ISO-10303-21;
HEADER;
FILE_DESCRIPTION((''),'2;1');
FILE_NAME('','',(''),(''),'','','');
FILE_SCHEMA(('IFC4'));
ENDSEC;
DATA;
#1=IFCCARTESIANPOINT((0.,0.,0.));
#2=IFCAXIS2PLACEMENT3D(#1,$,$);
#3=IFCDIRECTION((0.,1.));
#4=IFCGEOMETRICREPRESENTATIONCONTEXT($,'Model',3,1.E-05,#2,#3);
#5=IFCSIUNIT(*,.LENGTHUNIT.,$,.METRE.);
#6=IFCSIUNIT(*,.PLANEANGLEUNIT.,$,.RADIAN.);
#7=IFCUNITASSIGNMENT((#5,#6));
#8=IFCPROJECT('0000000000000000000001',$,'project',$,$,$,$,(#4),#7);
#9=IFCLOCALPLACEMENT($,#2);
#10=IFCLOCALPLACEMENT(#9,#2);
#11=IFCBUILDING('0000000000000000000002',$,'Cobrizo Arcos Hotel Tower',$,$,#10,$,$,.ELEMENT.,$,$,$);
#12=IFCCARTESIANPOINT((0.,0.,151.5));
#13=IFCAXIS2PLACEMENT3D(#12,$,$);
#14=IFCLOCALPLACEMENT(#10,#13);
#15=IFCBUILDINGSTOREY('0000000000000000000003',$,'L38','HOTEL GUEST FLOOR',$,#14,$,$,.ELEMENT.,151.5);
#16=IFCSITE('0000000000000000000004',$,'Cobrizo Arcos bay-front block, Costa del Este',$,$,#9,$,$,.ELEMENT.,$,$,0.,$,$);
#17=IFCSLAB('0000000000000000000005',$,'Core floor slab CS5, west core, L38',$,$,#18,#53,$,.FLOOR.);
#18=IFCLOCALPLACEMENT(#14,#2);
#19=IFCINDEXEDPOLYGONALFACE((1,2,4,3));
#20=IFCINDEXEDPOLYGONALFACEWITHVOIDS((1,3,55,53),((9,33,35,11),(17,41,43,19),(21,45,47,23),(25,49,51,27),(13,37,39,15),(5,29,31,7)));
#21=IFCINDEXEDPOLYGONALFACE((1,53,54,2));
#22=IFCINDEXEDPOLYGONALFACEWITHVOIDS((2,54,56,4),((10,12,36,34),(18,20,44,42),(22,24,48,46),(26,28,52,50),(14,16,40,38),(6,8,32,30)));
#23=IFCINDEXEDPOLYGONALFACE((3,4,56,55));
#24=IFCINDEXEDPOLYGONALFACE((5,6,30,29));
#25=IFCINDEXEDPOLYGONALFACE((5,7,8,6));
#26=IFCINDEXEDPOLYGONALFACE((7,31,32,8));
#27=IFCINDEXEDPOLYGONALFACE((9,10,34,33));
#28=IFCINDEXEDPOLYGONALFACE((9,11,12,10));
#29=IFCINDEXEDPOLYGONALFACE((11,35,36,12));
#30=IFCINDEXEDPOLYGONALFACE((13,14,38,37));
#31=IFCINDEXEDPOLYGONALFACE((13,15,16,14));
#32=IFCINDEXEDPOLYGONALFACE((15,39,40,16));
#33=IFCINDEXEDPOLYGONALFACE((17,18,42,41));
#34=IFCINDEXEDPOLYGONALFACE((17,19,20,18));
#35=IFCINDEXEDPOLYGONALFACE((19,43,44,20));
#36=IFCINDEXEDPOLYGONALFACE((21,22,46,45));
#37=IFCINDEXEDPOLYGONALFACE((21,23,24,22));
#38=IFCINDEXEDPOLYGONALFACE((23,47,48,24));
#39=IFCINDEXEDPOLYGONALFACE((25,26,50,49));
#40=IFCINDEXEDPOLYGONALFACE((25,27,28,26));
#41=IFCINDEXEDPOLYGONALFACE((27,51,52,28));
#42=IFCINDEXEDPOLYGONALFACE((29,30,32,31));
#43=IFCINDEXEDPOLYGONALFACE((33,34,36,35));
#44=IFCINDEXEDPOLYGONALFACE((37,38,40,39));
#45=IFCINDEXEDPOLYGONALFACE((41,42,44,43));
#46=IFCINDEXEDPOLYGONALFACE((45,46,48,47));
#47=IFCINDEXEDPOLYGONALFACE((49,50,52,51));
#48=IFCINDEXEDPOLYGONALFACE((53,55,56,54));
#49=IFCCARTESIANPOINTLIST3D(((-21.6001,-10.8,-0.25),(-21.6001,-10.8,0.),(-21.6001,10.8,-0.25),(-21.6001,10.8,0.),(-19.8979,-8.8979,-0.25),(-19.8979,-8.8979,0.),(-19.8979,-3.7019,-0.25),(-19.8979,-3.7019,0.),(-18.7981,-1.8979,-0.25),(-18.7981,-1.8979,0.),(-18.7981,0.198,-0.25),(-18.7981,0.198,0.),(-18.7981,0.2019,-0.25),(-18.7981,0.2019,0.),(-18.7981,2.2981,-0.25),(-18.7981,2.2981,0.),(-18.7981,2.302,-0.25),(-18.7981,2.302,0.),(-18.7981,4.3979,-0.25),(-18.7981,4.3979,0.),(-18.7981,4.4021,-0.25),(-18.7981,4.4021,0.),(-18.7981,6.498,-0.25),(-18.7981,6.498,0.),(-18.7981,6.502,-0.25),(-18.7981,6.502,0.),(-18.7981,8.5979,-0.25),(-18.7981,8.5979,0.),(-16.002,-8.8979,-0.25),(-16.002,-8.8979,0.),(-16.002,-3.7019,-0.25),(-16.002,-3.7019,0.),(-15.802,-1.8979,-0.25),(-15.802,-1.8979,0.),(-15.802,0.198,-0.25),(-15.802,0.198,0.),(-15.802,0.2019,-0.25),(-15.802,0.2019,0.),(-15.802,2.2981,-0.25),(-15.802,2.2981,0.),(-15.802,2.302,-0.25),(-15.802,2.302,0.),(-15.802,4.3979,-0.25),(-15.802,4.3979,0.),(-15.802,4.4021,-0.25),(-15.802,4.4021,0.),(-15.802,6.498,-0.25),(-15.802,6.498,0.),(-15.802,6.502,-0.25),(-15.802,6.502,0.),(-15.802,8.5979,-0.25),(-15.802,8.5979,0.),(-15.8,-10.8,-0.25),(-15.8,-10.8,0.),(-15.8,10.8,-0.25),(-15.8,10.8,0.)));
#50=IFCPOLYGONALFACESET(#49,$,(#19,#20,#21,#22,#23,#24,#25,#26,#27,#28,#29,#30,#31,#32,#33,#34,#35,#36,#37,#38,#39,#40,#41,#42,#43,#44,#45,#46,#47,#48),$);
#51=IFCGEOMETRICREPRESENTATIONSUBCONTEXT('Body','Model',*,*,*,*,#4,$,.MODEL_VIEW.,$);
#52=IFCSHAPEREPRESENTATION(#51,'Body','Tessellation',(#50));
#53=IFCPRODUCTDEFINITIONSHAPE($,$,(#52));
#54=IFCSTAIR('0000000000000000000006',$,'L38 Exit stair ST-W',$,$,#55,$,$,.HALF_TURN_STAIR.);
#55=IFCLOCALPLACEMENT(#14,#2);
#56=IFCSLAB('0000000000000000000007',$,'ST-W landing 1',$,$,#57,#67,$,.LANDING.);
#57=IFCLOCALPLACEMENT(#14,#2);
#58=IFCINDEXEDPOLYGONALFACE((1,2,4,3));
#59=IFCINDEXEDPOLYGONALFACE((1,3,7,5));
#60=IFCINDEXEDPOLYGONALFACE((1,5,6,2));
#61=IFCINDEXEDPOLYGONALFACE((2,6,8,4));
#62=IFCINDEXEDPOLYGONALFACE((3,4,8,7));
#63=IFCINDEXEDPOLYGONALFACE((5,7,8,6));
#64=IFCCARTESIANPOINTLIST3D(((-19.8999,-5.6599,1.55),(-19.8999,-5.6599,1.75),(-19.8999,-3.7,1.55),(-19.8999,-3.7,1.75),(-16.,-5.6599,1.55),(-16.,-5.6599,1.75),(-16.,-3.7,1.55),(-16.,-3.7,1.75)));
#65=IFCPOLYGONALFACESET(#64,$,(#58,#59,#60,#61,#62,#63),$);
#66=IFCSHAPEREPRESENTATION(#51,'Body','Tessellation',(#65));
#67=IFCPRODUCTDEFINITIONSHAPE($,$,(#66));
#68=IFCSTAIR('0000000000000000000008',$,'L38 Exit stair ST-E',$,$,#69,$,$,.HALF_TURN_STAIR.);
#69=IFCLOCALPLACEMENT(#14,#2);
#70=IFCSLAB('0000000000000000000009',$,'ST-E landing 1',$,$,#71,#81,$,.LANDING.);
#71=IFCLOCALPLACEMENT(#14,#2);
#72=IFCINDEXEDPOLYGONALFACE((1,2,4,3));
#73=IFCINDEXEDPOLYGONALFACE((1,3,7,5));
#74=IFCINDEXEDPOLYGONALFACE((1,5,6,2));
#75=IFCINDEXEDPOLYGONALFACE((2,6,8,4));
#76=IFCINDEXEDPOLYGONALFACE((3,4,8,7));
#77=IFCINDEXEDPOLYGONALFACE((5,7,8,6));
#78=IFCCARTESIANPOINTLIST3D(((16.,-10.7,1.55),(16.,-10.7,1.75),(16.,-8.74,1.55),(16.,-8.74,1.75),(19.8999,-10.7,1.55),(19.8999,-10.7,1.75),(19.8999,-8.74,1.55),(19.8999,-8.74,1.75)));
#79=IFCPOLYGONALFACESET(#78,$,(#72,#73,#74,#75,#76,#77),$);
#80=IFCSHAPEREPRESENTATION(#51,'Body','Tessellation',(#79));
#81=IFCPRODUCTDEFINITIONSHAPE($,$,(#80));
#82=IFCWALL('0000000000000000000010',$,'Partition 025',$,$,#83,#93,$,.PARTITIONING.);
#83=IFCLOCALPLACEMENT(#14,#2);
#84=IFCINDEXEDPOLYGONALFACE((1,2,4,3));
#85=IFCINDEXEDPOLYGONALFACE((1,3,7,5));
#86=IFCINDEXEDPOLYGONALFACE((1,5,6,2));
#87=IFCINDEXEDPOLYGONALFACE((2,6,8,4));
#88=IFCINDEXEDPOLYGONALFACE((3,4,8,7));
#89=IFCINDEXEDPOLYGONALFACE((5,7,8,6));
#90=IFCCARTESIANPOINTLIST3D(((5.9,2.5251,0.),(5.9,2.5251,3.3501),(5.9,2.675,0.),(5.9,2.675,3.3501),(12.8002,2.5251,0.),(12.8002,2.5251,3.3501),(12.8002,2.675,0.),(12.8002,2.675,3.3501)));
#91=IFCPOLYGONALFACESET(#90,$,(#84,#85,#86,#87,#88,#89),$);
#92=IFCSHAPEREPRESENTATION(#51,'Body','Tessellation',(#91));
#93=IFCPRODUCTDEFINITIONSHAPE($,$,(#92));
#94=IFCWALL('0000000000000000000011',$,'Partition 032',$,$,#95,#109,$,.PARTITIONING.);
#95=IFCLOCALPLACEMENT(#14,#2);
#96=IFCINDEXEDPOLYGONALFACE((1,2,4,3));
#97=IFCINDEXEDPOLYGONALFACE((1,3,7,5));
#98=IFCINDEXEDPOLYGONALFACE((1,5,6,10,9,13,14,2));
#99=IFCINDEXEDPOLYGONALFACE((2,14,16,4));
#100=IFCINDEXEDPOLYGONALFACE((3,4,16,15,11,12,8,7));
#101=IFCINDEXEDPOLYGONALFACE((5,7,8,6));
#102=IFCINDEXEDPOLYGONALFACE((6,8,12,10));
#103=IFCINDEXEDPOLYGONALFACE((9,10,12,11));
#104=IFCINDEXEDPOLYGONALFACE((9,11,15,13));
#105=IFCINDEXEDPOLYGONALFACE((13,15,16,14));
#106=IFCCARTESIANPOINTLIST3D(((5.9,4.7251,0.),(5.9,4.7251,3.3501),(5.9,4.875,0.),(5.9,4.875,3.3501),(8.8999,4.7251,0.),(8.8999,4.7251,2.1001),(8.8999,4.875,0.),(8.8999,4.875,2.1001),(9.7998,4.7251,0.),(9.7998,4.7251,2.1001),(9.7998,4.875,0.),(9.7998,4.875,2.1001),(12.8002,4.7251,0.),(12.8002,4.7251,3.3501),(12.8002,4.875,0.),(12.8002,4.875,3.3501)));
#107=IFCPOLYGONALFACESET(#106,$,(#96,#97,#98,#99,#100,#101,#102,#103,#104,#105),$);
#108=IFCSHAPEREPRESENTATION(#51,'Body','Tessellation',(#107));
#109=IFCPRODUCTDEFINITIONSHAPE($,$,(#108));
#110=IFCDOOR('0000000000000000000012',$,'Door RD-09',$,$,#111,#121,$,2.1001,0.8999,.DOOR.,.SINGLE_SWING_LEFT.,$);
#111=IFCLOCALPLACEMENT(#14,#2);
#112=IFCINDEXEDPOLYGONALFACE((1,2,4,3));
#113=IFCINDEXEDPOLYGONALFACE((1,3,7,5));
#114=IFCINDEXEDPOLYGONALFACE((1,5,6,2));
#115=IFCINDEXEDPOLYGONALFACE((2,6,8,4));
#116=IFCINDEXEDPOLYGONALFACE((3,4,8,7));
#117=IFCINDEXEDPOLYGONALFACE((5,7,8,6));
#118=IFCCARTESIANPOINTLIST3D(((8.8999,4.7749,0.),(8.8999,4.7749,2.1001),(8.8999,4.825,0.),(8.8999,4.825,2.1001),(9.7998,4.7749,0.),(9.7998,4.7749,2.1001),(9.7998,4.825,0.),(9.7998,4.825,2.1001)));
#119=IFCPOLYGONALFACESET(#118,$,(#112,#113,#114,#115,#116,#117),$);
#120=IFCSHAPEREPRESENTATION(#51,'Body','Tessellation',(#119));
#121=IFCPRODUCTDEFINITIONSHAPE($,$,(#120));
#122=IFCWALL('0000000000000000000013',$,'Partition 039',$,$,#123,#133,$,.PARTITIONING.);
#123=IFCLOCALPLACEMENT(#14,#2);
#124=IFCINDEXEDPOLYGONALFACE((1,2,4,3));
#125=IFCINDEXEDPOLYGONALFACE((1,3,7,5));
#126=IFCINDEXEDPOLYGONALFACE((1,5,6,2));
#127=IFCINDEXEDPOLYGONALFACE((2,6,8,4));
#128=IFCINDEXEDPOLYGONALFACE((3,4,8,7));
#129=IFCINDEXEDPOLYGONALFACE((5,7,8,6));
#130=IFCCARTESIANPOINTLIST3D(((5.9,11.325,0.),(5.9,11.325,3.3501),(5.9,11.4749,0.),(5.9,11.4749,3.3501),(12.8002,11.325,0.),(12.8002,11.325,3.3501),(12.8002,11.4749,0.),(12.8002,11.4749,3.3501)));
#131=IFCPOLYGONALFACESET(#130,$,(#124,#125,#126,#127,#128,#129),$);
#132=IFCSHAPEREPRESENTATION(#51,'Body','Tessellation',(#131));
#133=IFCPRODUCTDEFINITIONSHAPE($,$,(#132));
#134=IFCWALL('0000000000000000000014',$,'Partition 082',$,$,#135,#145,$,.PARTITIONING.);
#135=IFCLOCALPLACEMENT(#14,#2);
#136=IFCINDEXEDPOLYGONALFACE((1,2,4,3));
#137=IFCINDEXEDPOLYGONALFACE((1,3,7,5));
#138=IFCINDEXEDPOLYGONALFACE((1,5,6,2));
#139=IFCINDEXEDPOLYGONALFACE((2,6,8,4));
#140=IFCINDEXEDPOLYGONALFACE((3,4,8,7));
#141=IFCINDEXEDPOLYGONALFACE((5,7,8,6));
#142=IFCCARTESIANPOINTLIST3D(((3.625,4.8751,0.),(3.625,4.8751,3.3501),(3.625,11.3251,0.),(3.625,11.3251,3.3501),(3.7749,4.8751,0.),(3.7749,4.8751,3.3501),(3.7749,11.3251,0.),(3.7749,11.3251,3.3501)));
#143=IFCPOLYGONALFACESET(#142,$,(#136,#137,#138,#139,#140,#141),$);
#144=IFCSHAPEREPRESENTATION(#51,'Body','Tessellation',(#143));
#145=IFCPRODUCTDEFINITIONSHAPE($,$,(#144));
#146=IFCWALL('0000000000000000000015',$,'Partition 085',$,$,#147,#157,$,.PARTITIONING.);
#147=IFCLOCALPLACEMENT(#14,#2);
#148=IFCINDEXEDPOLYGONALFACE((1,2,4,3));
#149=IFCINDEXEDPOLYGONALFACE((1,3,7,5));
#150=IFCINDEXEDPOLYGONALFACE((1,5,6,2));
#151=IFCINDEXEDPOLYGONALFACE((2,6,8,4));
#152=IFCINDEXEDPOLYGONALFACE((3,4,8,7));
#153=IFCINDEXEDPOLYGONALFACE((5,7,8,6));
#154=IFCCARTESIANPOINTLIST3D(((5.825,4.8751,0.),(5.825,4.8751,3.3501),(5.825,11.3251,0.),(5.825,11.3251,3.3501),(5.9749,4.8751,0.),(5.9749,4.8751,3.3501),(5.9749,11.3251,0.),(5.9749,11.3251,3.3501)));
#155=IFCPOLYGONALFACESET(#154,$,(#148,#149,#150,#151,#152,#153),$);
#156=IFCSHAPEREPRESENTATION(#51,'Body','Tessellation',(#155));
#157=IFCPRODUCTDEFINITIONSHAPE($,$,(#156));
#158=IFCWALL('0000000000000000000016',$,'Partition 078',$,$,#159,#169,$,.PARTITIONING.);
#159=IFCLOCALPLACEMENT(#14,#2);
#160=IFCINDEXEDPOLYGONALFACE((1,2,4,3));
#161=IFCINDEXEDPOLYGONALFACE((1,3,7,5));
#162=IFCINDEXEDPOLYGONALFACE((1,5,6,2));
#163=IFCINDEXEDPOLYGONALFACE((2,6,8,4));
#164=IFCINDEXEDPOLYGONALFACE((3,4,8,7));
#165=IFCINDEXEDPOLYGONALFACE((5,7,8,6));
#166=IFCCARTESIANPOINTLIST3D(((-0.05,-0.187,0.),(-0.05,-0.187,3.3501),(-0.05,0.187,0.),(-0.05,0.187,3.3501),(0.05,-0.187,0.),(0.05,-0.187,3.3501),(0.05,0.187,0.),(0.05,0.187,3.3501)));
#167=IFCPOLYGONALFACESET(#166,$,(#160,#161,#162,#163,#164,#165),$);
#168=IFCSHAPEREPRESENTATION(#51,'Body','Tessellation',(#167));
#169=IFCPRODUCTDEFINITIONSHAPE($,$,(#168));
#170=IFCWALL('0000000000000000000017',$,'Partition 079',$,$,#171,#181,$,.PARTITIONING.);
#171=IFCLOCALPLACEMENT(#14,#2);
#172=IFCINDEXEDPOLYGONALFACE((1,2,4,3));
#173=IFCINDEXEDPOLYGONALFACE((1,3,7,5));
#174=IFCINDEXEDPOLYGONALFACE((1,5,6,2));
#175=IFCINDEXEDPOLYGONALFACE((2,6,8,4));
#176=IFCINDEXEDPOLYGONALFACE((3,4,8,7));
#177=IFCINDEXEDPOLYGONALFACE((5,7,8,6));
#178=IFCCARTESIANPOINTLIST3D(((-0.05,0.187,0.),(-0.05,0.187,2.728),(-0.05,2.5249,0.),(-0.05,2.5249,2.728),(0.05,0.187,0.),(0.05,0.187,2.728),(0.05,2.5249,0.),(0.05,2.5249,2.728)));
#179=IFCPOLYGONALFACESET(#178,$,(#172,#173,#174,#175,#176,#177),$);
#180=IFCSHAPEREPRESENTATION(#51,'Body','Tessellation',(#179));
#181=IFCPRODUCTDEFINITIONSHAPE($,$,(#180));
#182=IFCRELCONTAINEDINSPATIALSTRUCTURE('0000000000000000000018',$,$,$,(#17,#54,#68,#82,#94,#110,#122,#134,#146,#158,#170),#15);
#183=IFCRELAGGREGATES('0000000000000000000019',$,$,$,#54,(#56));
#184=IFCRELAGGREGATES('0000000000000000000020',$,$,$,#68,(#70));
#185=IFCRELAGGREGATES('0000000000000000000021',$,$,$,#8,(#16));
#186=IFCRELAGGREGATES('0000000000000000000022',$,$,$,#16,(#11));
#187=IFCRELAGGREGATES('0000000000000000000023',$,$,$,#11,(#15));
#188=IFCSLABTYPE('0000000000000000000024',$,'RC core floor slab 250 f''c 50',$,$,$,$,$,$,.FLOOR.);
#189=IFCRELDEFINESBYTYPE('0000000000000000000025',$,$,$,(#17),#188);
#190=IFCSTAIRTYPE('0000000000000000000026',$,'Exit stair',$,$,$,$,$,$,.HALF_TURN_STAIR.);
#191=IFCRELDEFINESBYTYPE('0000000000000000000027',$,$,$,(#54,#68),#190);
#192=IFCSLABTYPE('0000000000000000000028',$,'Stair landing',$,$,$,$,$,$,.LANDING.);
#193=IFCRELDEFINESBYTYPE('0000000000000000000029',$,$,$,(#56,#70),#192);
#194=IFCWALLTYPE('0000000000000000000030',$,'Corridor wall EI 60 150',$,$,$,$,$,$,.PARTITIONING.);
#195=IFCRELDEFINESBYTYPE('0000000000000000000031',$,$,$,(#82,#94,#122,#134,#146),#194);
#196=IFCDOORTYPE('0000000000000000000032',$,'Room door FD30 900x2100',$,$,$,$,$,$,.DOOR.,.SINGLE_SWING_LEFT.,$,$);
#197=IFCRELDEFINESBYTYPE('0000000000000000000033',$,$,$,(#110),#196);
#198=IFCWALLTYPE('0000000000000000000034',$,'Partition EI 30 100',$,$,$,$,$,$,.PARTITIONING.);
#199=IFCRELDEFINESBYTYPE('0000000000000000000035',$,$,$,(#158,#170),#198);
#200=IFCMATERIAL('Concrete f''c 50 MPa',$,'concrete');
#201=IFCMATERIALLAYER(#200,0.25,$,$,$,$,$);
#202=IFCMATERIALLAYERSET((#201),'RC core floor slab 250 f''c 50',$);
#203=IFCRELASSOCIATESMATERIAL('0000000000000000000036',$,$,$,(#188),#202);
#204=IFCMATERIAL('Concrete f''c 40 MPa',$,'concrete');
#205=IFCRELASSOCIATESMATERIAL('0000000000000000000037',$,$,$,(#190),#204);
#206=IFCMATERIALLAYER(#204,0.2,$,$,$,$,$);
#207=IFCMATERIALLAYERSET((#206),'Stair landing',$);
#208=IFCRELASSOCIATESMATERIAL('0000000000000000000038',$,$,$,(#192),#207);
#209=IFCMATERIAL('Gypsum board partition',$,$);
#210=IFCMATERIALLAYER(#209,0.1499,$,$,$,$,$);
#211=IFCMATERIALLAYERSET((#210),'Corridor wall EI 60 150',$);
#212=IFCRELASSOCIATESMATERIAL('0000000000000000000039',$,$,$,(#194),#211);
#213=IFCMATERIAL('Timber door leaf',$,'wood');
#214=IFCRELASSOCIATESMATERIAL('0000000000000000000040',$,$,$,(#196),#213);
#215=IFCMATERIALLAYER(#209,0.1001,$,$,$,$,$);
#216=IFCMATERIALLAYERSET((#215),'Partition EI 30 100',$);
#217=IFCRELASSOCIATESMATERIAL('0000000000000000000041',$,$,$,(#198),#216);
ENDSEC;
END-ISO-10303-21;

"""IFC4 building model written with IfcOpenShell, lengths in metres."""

from ifc_helpers import new_model, si_unit, direction, frame, frame_2d, origin, place, context, subcontext, project, spatial, polyline, rectangle, outline, extrude, material, layer, layer_set, type_object, element, fill, aggregate, save


model = new_model("IFC4")

# Units and contexts
model_context = context("Model", 3, precision=1e-05, world=origin(), true_north=direction((0.0, 1.0)))
body_context = subcontext(model_context, "Body", "Model", "MODEL_VIEW")
ifc_project = project(units=[si_unit("LENGTHUNIT", "METRE"), si_unit("PLANEANGLEUNIT", "RADIAN")], contexts=[model_context])

# Site, building, storey
site_placement = place(None, origin())
site = spatial("IfcSite", under=ifc_project, at=site_placement, Name="Cobrizo Arcos bay-front block, Costa del Este", CompositionType="ELEMENT", RefElevation=0.0)
building_placement = place(site_placement, origin())
building = spatial("IfcBuilding", under=site, at=building_placement, Name="Cobrizo Arcos Hotel Tower", CompositionType="ELEMENT")
storey_placement = place(building_placement, frame((0.0, 0.0, 151.5)))
storey = spatial("IfcBuildingStorey", under=building, at=storey_placement, Name="L38", Description="HOTEL GUEST FLOOR", CompositionType="ELEMENT", Elevation=151.5)

# Slab
ifc_material_1 = material(Name="Concrete f'c 50 MPa", Category="concrete")
ifc_layer_1 = layer(ifc_material_1, 0.25)
ifc_layer_set_1 = layer_set([ifc_layer_1], Name="RC core floor slab 250 f'c 50")
slab_type_1 = type_object("IfcSlabType", Name="RC core floor slab 250 f'c 50", PredefinedType="FLOOR", material=ifc_layer_set_1)
slab_1_placement = place(storey_placement, frame((0.0, 0.0, -0.25)))
element("IfcSlab", 1, at=slab_1_placement, inside=storey, type_object=slab_type_1, Name="Core floor slab CS5, west core, L38", PredefinedType="FLOOR", context=body_context, shape_type="SweptSolid", body=[
    extrude(outline(polyline([(-21.6001, 10.8), (-15.8, 10.8), (-15.8, -10.8), (-21.6001, -10.8), (-21.6001, 10.8)]), holes=[polyline([(-19.8979, -3.7019), (-19.8979, -8.8979), (-16.002, -8.8979), (-16.002, -3.7019), (-19.8979, -3.7019)]), polyline([(-18.7981, 0.198), (-18.7981, -1.8979), (-15.802, -1.8979), (-15.802, 0.198), (-18.7981, 0.198)]), polyline([(-18.7981, 2.2981), (-18.7981, 0.2019), (-15.802, 0.2019), (-15.802, 2.2981), (-18.7981, 2.2981)]), polyline([(-18.7981, 4.3979), (-18.7981, 2.302), (-15.802, 2.302), (-15.802, 4.3979), (-18.7981, 4.3979)]), polyline([(-15.802, 6.498), (-18.7981, 6.498), (-18.7981, 4.4021), (-15.802, 4.4021), (-15.802, 6.498)]), polyline([(-15.802, 8.5979), (-18.7981, 8.5979), (-18.7981, 6.502), (-15.802, 6.502), (-15.802, 8.5979)])]), origin(), (0.0, 0.0, 1.0), 0.25),
])

# Stairs, slabs
ifc_material_2 = material(Name="Concrete f'c 40 MPa", Category="concrete")
stair_type = type_object("IfcStairType", Name="Exit stair", PredefinedType="HALF_TURN_STAIR", material=ifc_material_2)
stair_1_placement = place(storey_placement, origin())
stair_1 = element("IfcStair", 2, at=stair_1_placement, inside=storey, type_object=stair_type, Name="L38 Exit stair ST-W", PredefinedType="HALF_TURN_STAIR")
ifc_layer_2 = layer(ifc_material_2, 0.2)
ifc_layer_set_2 = layer_set([ifc_layer_2], Name="Stair landing")
slab_type_2 = type_object("IfcSlabType", Name="Stair landing", PredefinedType="LANDING", material=ifc_layer_set_2)
slab_2_placement = place(storey_placement, frame((0.0, 0.0, 1.55)))
slab_2 = element("IfcSlab", 3, at=slab_2_placement, type_object=slab_type_2, Name="ST-W landing 1", PredefinedType="LANDING", context=body_context, shape_type="SweptSolid", body=[
    extrude(outline(polyline([(-16.0, -5.6599), (-16.0, -3.7), (-19.8999, -3.7), (-19.8999, -5.6599), (-16.0, -5.6599)])), origin(), (0.0, 0.0, 1.0), 0.2),
])
aggregate(stair_1, [slab_2])
stair_2_placement = place(storey_placement, origin())
stair_2 = element("IfcStair", 4, at=stair_2_placement, inside=storey, type_object=stair_type, Name="L38 Exit stair ST-E", PredefinedType="HALF_TURN_STAIR")
slab_3_placement = place(storey_placement, frame((0.0, 0.0, 1.55)))
slab_3 = element("IfcSlab", 5, at=slab_3_placement, type_object=slab_type_2, Name="ST-E landing 1", PredefinedType="LANDING", context=body_context, shape_type="SweptSolid", body=[
    extrude(outline(polyline([(16.0, -8.74), (16.0, -10.7), (19.8999, -10.7), (19.8999, -8.74), (16.0, -8.74)])), origin(), (0.0, 0.0, 1.0), 0.2),
])
aggregate(stair_2, [slab_3])

# Wall
ifc_material_3 = material(Name="Gypsum board partition")
ifc_layer_3 = layer(ifc_material_3, 0.1499)
ifc_layer_set_3 = layer_set([ifc_layer_3], Name="Corridor wall EI 60 150")
wall_type_1 = type_object("IfcWallType", Name="Corridor wall EI 60 150", PredefinedType="PARTITIONING", material=ifc_layer_set_3)
wall_1_placement = place(storey_placement, frame((5.8999, 2.6001, 0.0), z_axis=(0.0, 0.0, 1.0), x_axis=(1.0, 0.0, 0.0)))
element("IfcWall", 6, at=wall_1_placement, inside=storey, type_object=wall_type_1, Name="Partition 025", PredefinedType="PARTITIONING", context=body_context, shape_type="SweptSolid", body=[
    extrude(rectangle(XDim=6.9001, YDim=0.1499, at=frame_2d((3.4502, 0.0))), origin(), (0.0, 0.0, 1.0), 3.3501),
])

# Wall, opening, door
wall_2_placement = place(storey_placement, frame((5.8999, 4.8, 0.0), z_axis=(0.0, 0.0, 1.0), x_axis=(1.0, 0.0, 0.0)))
wall_2 = element("IfcWall", 7, at=wall_2_placement, inside=storey, type_object=wall_type_1, Name="Partition 032", PredefinedType="PARTITIONING", context=body_context, shape_type="SweptSolid", body=[
    extrude(rectangle(XDim=6.9001, YDim=0.1499, at=frame_2d((3.4502, 0.0))), origin(), (0.0, 0.0, 1.0), 3.3501),
])
opening_1_placement = place(wall_2_placement, frame((3.0, 0.0, 0.0)))
opening_1 = element("IfcOpeningElement", 8, at=opening_1_placement, cuts=wall_2, PredefinedType="OPENING", context=body_context, shape_type="SweptSolid", body=[
    extrude(rectangle(XDim=0.8999, YDim=2.1001, at=frame_2d((0.45, 1.05))), frame((0.0, 0.0869, 0.0), z_axis=(0.0, -1.0, 0.0), x_axis=(1.0, 0.0, 0.0)), (0.0, 0.0, 1.0), 0.1738),
])
ifc_material_4 = material(Name="Timber door leaf", Category="wood")
door_type_1 = type_object("IfcDoorType", Name="Room door FD30 900x2100", OperationType="SINGLE_SWING_LEFT", PredefinedType="DOOR", material=ifc_material_4)
door_1_placement = place(opening_1_placement, origin())
door_1 = element("IfcDoor", 9, at=door_1_placement, inside=storey, type_object=door_type_1, Name="Door RD-09", OperationType="SINGLE_SWING_LEFT", OverallHeight=2.1001, OverallWidth=0.8999, PredefinedType="DOOR", context=body_context, shape_type="SweptSolid", body=[
    extrude(rectangle(XDim=0.8999, YDim=2.1001, at=frame_2d((0.45, 1.05))), frame((0.0, 0.0249, 0.0), z_axis=(0.0, -1.0, 0.0), x_axis=(1.0, 0.0, 0.0)), (0.0, 0.0, 1.0), 0.05),
])
fill(opening_1, door_1)

# Walls
wall_3_placement = place(storey_placement, frame((5.8999, 11.3999, 0.0), z_axis=(0.0, 0.0, 1.0), x_axis=(1.0, 0.0, 0.0)))
element("IfcWall", 10, at=wall_3_placement, inside=storey, type_object=wall_type_1, Name="Partition 039", PredefinedType="PARTITIONING", context=body_context, shape_type="SweptSolid", body=[
    extrude(rectangle(XDim=6.9001, YDim=0.1499, at=frame_2d((3.4502, 0.0))), origin(), (0.0, 0.0, 1.0), 3.3501),
])
for number, where, z_axis, x_axis, name in (
    (11, (3.7, 4.875, 0.0), (0.0, 0.0, 1.0), (0.0, 1.0, 0.0), "Partition 082"),
    (12, (5.8999, 4.875, 0.0), (0.0, 0.0, 1.0), (0.0, 1.0, 0.0), "Partition 085"),
):
    element("IfcWall", number, at=place(storey_placement, frame(where, z_axis=z_axis, x_axis=x_axis)), inside=storey, type_object=wall_type_1, Name=name, PredefinedType="PARTITIONING", context=body_context, shape_type="SweptSolid", body=[
        extrude(rectangle(XDim=6.45, YDim=0.1499, at=frame_2d((3.2251, 0.0))), origin(), (0.0, 0.0, 1.0), 3.3501),
    ])
ifc_layer_4 = layer(ifc_material_3, 0.1001)
ifc_layer_set_4 = layer_set([ifc_layer_4], Name="Partition EI 30 100")
wall_type_2 = type_object("IfcWallType", Name="Partition EI 30 100", PredefinedType="PARTITIONING", material=ifc_layer_set_4)
wall_4_placement = place(storey_placement, frame((0.0, -0.187, 0.0), z_axis=(0.0, 0.0, 1.0), x_axis=(0.0, 1.0, 0.0)))
element("IfcWall", 13, at=wall_4_placement, inside=storey, type_object=wall_type_2, Name="Partition 078", PredefinedType="PARTITIONING", context=body_context, shape_type="SweptSolid", body=[
    extrude(rectangle(XDim=0.374, YDim=0.1001, at=frame_2d((0.187, 0.0))), origin(), (0.0, 0.0, 1.0), 3.3501),
])
wall_5_placement = place(storey_placement, frame((0.0, 0.187, 0.0), z_axis=(0.0, 0.0, 1.0), x_axis=(0.0, 1.0, 0.0)))
element("IfcWall", 14, at=wall_5_placement, inside=storey, type_object=wall_type_2, Name="Partition 079", PredefinedType="PARTITIONING", context=body_context, shape_type="SweptSolid", body=[
    extrude(rectangle(XDim=2.3379, YDim=0.1001, at=frame_2d((1.1689, 0.0))), origin(), (0.0, 0.0, 1.0), 2.728),
])

save(model, "model.ifc")
